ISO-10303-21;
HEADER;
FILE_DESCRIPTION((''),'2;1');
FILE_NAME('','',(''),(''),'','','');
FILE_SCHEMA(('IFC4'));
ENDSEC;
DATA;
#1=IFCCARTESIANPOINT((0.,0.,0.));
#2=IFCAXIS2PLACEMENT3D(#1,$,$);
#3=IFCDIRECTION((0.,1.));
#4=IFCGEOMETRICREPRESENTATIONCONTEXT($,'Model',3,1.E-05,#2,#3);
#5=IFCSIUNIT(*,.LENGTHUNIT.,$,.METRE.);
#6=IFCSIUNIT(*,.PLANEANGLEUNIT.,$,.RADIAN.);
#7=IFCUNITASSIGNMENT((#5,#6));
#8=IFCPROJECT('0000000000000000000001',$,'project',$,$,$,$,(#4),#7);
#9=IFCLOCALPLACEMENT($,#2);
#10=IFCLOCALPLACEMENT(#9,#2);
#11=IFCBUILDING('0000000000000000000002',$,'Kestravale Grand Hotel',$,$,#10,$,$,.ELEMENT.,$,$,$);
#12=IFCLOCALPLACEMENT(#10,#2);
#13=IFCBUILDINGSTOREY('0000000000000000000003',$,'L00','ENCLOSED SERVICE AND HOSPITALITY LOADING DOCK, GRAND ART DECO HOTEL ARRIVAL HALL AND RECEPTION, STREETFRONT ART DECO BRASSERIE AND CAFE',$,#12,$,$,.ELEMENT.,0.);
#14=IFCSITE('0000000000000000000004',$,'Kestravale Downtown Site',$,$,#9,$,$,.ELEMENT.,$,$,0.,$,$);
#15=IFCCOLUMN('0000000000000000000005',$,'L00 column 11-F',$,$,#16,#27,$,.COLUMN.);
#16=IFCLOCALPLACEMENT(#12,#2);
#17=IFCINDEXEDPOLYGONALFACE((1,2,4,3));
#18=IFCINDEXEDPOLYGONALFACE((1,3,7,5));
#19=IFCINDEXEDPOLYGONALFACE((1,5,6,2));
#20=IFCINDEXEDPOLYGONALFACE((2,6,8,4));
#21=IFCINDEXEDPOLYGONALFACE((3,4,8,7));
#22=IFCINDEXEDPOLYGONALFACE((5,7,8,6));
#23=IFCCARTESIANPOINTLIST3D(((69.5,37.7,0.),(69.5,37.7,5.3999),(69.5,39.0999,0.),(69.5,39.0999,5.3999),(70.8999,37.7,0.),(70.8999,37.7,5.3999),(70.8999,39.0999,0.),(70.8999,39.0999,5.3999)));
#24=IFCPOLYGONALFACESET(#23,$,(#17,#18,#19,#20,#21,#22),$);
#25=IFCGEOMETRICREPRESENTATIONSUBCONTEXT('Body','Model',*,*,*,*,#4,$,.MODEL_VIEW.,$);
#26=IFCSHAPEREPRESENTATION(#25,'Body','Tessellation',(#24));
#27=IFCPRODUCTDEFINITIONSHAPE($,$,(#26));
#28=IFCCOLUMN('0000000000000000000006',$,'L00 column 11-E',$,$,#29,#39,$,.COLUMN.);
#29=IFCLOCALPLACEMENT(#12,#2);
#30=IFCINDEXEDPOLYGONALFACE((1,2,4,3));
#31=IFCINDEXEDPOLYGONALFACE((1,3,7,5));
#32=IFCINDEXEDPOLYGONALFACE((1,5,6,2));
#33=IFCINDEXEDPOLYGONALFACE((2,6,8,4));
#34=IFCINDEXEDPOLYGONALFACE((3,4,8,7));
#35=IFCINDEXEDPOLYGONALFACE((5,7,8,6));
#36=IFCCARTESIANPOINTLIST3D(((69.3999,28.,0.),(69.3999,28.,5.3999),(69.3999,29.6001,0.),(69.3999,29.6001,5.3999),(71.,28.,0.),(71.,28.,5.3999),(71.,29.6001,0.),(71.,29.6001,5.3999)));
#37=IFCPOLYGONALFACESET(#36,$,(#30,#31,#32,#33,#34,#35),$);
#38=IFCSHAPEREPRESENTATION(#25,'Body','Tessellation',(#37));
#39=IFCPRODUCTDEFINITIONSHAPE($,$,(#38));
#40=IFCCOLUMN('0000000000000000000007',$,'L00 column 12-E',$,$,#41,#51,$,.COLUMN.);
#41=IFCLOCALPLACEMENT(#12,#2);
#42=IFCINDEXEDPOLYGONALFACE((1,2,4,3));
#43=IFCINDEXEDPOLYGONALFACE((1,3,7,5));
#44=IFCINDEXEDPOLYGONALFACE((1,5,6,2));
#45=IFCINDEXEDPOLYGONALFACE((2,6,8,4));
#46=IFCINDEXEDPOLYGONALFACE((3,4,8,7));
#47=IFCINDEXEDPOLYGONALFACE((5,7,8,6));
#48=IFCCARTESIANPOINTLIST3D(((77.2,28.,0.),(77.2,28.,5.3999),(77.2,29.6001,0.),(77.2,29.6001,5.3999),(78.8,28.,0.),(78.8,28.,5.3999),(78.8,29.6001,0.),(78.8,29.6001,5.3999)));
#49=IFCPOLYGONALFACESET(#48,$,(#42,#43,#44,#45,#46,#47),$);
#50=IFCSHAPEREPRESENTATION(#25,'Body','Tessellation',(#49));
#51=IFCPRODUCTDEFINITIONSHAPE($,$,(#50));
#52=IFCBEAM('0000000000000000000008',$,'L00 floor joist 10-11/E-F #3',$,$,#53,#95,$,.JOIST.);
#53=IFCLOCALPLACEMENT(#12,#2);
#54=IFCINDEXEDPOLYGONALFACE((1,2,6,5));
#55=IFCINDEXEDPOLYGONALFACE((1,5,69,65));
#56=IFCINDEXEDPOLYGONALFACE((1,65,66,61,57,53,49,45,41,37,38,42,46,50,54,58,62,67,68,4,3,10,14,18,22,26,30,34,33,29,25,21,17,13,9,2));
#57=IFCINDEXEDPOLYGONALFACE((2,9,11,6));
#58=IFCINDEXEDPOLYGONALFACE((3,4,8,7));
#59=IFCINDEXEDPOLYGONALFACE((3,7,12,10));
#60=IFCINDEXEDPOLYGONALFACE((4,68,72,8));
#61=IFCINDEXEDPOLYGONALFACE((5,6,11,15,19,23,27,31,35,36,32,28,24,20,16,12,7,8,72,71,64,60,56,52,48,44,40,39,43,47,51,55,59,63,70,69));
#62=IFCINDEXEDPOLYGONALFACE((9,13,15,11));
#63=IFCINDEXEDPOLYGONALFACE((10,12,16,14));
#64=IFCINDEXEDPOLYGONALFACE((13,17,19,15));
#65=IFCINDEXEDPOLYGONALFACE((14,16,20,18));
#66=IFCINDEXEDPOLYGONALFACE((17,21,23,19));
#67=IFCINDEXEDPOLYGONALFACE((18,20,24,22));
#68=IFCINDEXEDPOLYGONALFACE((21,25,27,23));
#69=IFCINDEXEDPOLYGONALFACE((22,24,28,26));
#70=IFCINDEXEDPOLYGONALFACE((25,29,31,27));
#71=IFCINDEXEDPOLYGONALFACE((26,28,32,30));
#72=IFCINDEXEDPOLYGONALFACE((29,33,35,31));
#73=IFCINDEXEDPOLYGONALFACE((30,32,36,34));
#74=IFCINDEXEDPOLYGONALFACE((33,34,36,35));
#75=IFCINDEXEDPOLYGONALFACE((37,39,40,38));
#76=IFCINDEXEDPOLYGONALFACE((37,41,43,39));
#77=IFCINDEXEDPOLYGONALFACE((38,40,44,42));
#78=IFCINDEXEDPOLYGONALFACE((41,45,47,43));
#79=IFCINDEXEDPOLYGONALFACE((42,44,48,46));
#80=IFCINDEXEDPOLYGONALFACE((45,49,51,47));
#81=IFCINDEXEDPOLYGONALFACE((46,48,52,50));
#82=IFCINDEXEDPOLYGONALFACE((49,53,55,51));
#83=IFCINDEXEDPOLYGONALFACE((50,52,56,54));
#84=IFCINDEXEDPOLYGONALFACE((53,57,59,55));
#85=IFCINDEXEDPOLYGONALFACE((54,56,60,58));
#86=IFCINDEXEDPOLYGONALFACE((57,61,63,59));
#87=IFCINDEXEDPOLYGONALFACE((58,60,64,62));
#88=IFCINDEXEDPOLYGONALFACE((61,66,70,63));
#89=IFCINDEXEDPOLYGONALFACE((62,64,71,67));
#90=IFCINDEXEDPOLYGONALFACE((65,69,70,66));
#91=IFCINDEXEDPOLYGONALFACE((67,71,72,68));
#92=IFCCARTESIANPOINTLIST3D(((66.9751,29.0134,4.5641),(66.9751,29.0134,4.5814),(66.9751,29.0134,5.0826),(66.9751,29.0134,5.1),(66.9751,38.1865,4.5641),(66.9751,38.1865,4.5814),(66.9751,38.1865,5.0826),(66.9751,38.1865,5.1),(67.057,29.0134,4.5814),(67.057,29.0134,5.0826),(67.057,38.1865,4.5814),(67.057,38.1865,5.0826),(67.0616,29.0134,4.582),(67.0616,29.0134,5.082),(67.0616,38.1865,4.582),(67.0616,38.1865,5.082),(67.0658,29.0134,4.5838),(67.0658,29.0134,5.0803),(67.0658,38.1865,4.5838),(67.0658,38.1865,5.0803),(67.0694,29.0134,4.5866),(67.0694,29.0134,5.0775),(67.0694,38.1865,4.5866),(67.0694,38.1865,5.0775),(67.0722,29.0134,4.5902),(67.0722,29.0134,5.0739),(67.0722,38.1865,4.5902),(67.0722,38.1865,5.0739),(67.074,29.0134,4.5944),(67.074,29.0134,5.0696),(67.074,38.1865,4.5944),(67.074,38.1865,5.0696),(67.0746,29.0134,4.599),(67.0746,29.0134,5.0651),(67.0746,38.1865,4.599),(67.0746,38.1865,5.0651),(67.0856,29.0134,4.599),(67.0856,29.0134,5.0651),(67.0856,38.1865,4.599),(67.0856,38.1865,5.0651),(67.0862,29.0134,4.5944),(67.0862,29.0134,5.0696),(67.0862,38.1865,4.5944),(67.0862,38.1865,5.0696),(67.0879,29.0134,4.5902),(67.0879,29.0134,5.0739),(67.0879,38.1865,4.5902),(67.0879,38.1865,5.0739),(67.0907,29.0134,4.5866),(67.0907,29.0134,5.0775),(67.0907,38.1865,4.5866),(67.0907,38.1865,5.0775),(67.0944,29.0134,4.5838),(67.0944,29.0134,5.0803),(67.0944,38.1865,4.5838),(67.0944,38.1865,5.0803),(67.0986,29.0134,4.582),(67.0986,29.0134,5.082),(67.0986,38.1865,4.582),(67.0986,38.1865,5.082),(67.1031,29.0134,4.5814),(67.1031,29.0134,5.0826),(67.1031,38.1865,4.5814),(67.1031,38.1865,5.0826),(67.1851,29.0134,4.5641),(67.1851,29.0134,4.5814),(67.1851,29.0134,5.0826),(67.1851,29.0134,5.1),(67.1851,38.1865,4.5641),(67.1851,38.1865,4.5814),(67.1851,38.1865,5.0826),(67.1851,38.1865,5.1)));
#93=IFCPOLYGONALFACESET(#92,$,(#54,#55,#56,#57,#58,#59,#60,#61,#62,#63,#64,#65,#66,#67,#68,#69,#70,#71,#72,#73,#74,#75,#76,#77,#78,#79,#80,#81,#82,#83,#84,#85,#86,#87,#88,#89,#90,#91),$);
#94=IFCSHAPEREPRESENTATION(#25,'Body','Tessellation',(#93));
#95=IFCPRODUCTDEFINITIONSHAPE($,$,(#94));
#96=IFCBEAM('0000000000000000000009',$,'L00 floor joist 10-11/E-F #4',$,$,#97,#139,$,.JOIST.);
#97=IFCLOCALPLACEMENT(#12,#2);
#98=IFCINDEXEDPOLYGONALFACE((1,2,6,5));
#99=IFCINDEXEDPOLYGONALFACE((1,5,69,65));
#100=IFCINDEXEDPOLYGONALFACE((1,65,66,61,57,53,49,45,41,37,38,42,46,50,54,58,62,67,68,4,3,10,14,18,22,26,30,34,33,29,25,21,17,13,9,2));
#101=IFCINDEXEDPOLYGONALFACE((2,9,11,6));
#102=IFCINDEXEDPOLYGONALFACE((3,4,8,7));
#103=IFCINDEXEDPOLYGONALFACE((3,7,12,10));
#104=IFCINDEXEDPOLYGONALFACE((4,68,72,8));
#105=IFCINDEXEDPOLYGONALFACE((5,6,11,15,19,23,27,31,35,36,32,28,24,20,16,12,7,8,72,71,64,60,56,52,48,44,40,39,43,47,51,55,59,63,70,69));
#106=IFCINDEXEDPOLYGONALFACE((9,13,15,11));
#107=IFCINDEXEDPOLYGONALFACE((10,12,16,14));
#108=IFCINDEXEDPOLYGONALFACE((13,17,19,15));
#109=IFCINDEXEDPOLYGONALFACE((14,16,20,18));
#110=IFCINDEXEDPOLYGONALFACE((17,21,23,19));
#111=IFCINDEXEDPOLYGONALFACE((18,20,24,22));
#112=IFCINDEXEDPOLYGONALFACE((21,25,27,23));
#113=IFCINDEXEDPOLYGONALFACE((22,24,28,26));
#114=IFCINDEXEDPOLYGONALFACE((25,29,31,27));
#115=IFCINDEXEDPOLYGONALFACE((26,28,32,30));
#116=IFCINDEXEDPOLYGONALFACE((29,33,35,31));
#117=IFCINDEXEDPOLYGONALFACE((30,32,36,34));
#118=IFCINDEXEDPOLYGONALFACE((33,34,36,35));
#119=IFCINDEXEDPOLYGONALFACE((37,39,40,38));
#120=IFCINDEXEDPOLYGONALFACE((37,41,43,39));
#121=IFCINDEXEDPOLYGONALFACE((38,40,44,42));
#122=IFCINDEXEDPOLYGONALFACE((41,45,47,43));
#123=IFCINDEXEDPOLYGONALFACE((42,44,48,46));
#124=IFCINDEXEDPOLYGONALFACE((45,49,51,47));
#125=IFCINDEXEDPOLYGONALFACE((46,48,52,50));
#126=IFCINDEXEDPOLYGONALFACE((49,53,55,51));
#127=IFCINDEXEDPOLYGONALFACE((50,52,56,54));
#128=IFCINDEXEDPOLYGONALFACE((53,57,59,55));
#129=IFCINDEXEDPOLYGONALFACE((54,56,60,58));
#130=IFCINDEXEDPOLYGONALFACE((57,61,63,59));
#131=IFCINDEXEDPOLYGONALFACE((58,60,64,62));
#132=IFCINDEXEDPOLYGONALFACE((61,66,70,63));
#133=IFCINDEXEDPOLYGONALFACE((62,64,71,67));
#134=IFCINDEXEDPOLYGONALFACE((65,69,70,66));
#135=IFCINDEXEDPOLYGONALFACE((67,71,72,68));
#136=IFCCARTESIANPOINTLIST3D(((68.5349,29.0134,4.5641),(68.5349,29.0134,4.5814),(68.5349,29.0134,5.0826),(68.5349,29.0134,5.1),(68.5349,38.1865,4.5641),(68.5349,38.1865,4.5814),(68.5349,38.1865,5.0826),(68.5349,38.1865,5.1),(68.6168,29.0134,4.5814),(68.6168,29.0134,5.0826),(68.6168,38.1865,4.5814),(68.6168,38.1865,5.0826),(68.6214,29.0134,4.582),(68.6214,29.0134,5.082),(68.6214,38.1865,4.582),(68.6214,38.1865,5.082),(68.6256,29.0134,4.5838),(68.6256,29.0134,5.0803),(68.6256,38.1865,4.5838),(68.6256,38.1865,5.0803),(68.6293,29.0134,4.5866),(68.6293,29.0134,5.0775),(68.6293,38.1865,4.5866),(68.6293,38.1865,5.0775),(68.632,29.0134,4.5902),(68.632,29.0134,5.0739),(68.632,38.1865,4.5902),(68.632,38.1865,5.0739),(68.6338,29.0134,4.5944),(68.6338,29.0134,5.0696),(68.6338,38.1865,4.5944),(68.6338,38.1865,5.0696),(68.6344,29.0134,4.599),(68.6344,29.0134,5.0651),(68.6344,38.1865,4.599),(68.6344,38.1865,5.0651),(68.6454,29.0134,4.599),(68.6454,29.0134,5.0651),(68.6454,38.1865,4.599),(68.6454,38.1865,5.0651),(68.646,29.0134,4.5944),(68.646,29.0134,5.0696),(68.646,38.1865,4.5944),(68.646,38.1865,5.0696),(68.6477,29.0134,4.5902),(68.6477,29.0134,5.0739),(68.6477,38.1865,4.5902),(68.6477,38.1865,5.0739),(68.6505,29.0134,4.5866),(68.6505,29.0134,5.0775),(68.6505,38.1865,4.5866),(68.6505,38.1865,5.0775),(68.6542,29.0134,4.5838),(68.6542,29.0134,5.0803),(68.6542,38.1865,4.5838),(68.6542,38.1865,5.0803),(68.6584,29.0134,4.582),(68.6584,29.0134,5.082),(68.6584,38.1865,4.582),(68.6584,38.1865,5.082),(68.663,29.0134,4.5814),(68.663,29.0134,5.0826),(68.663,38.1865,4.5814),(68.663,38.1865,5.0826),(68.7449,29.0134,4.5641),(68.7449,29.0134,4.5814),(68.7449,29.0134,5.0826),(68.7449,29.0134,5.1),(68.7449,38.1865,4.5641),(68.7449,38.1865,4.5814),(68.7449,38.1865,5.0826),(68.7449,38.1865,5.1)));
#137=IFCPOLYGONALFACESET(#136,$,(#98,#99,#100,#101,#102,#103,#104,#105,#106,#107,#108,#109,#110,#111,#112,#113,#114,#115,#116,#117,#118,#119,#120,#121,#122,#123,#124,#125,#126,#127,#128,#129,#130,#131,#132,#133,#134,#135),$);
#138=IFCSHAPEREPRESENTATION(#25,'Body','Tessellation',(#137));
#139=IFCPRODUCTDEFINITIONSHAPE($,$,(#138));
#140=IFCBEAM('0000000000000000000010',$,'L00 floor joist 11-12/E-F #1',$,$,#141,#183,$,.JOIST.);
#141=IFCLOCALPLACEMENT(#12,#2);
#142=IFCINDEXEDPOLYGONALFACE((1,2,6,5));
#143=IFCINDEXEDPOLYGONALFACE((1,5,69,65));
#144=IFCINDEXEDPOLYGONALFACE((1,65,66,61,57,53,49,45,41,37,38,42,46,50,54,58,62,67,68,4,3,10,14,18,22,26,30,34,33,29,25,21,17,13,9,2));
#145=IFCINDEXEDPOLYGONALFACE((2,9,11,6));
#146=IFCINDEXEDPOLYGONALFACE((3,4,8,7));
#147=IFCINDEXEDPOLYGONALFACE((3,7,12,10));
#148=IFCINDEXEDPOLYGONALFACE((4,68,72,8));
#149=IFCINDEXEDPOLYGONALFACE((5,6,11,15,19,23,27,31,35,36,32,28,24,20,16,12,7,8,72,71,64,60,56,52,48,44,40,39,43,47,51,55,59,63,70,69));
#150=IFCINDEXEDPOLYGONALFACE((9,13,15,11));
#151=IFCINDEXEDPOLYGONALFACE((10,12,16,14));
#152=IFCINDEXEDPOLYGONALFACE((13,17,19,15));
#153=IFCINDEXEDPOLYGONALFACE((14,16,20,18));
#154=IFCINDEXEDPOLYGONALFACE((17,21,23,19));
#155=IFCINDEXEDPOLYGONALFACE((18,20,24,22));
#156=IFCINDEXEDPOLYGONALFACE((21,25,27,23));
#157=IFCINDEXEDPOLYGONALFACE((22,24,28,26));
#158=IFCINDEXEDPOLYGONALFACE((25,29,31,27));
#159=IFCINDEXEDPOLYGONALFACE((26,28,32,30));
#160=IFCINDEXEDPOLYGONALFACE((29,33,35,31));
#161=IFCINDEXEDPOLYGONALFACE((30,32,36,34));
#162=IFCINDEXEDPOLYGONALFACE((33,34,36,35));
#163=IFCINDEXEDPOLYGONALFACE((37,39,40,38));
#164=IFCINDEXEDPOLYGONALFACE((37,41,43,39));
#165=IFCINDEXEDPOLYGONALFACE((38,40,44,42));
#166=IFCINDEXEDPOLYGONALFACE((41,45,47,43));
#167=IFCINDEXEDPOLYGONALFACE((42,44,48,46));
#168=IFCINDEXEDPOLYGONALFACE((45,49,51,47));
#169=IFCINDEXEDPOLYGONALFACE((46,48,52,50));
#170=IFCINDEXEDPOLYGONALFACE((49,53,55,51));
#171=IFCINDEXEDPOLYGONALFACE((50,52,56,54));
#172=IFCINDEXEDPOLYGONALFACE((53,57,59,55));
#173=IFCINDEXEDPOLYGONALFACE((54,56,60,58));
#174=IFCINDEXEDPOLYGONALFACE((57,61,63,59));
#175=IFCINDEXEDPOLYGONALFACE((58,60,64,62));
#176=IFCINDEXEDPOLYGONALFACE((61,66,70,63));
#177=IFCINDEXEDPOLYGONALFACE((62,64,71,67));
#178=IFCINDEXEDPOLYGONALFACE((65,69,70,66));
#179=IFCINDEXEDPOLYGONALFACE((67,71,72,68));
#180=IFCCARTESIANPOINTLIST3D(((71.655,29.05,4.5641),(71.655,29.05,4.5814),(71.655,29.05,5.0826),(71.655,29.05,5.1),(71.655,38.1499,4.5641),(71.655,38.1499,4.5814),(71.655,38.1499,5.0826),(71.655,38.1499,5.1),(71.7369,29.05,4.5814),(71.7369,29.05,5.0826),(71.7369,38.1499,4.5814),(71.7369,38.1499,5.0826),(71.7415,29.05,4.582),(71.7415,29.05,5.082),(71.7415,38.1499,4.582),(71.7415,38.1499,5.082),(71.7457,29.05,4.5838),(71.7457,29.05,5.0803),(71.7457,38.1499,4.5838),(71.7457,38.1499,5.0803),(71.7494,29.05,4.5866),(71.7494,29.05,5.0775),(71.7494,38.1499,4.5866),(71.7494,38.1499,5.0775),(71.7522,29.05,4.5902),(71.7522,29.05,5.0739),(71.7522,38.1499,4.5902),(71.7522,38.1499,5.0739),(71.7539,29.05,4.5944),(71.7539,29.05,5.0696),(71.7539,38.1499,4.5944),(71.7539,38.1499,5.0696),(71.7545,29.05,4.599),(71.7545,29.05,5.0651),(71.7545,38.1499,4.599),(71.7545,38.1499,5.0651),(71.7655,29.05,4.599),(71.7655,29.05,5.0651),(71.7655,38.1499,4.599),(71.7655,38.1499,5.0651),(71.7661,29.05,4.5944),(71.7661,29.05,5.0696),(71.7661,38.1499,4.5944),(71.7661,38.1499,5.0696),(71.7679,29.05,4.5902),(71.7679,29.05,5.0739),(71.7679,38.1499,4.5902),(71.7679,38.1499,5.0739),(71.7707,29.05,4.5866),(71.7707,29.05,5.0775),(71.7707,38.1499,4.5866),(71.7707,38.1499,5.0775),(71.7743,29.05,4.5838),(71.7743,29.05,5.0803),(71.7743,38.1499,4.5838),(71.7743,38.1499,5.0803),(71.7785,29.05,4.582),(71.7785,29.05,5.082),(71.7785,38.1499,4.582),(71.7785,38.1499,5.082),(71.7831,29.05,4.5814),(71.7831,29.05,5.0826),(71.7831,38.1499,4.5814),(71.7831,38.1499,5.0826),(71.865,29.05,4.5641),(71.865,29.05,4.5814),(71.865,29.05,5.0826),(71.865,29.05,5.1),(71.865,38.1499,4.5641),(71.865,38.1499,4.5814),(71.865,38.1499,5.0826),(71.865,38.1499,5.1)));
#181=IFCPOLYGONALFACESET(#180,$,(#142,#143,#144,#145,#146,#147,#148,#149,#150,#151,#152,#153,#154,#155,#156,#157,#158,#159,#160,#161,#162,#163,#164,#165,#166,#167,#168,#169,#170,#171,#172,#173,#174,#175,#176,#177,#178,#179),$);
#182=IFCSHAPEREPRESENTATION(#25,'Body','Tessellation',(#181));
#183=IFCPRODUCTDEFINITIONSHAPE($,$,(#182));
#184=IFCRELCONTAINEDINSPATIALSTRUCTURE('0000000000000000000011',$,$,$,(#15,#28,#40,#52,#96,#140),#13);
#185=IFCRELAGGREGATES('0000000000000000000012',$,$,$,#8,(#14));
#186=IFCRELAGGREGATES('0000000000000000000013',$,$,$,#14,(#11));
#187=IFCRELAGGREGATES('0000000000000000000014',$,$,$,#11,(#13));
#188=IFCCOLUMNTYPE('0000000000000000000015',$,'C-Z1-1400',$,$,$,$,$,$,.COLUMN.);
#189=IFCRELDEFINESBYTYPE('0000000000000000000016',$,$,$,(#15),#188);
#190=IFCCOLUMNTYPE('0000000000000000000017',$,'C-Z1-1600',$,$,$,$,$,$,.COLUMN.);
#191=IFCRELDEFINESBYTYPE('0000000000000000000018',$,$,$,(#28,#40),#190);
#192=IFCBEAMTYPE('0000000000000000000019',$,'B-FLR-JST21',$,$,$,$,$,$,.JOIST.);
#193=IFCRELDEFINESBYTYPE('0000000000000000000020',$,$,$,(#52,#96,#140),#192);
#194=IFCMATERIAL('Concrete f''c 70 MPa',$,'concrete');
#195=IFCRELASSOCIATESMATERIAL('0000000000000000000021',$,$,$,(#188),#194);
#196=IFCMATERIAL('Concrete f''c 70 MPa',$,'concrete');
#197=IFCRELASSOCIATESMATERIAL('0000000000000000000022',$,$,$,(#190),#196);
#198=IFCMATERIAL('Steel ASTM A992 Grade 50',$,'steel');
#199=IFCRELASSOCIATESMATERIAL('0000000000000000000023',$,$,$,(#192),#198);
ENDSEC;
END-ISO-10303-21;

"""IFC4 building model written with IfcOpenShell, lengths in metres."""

from ifc_helpers import new_model, si_unit, direction, frame, origin, origin_2d, place, context, subcontext, project, spatial, rectangle, i_section, extrude, material, material_profile, profile_set, type_object, element, save


model = new_model("IFC4")

# Units and contexts
model_context = context("Model", 3, precision=1e-05, world=origin(), true_north=direction((0.0, 1.0)))
body_context = subcontext(model_context, "Body", "Model", "MODEL_VIEW")
ifc_project = project(units=[si_unit("LENGTHUNIT", "METRE"), si_unit("PLANEANGLEUNIT", "RADIAN")], contexts=[model_context])

# Site, building, storey
site_placement = place(None, origin())
site = spatial("IfcSite", under=ifc_project, at=site_placement, Name="Kestravale Downtown Site", CompositionType="ELEMENT", RefElevation=0.0)
building_placement = place(site_placement, origin())
building = spatial("IfcBuilding", under=site, at=building_placement, Name="Kestravale Grand Hotel", CompositionType="ELEMENT")
storey_placement = place(building_placement, origin())
storey = spatial("IfcBuildingStorey", under=building, at=storey_placement, Name="L00", Description="ENCLOSED SERVICE AND HOSPITALITY LOADING DOCK, GRAND ART DECO HOTEL ARRIVAL HALL AND RECEPTION, STREETFRONT ART DECO BRASSERIE AND CAFE", CompositionType="ELEMENT", Elevation=0.0)

# Columns
ifc_material_1 = material(Name="Concrete f'c 70 MPa", Category="concrete")
ifc_material_profile_1 = material_profile(ifc_material_1, rectangle(XDim=1.3999, YDim=1.3999, at=origin_2d()))
ifc_profile_set_1 = profile_set([ifc_material_profile_1], Name="Concrete f'c 70 MPa")
column_type_1 = type_object("IfcColumnType", Name="C-Z1-1400", PredefinedType="COLUMN", material=ifc_profile_set_1)
column_placement = place(storey_placement, frame((70.2, 38.3999, 0.0), z_axis=(0.0, 0.0, 1.0), x_axis=(1.0, 0.0, 0.0)))
element("IfcColumn", 1, at=column_placement, inside=storey, type_object=column_type_1, Name="L00 column 11-F", PredefinedType="COLUMN", context=body_context, shape_type="SweptSolid", body=[
    extrude(rectangle(XDim=1.3999, YDim=1.3999, at=origin_2d()), origin(), (0.0, 0.0, 1.0), 5.3999),
])
ifc_material_2 = material(Name="Concrete f'c 70 MPa", Category="concrete")
ifc_material_profile_2 = material_profile(ifc_material_2, rectangle(XDim=1.6001, YDim=1.6001, at=origin_2d()))
ifc_profile_set_2 = profile_set([ifc_material_profile_2], Name="Concrete f'c 70 MPa")
column_type_2 = type_object("IfcColumnType", Name="C-Z1-1600", PredefinedType="COLUMN", material=ifc_profile_set_2)
for number, where, z_axis, x_axis, name in (
    (2, (70.2, 28.8, 0.0), (0.0, 0.0, 1.0), (1.0, 0.0, 0.0), "L00 column 11-E"),
    (3, (78.0, 28.8, 0.0), (0.0, 0.0, 1.0), (1.0, 0.0, 0.0), "L00 column 12-E"),
):
    element("IfcColumn", number, at=place(storey_placement, frame(where, z_axis=z_axis, x_axis=x_axis)), inside=storey, type_object=column_type_2, Name=name, PredefinedType="COLUMN", context=body_context, shape_type="SweptSolid", body=[
        extrude(rectangle(XDim=1.6001, YDim=1.6001, at=origin_2d()), origin(), (0.0, 0.0, 1.0), 5.3999),
    ])

# Beams
ifc_material_3 = material(Name="Steel ASTM A992 Grade 50", Category="steel")
ifc_material_profile_3 = material_profile(ifc_material_3, i_section(OverallWidth=0.21, OverallDepth=0.5359, WebThickness=0.011, FlangeThickness=0.0173, FilletRadius=0.0176, at=origin_2d()))
ifc_profile_set_3 = profile_set([ifc_material_profile_3], Name="Steel ASTM A992 Grade 50")
beam_type_1 = type_object("IfcBeamType", Name="B-FLR-JST21", PredefinedType="JOIST", material=ifc_profile_set_3)
for number, where, z_axis, x_axis, name in (
    (4, (67.0801, 29.0134, 4.832), (0.0, 1.0, 0.0), (-1.0, 0.0, 0.0), "L00 floor joist 10-11/E-F #3"),
    (5, (68.6399, 29.0134, 4.832), (0.0, 1.0, 0.0), (-1.0, 0.0, 0.0), "L00 floor joist 10-11/E-F #4"),
):
    element("IfcBeam", number, at=place(storey_placement, frame(where, z_axis=z_axis, x_axis=x_axis)), inside=storey, type_object=beam_type_1, Name=name, PredefinedType="JOIST", context=body_context, shape_type="SweptSolid", body=[
        extrude(i_section(OverallWidth=0.21, OverallDepth=0.5359, WebThickness=0.011, FlangeThickness=0.0173, FilletRadius=0.0176, at=origin_2d()), origin(), (0.0, 0.0, 1.0), 9.1731),
    ])
for number, where, z_axis, x_axis, name in (
    (6, (71.76, 29.05, 4.832), (0.0, 1.0, 0.0), (-1.0, 0.0, 0.0), "L00 floor joist 11-12/E-F #1"),
):
    element("IfcBeam", number, at=place(storey_placement, frame(where, z_axis=z_axis, x_axis=x_axis)), inside=storey, type_object=beam_type_1, Name=name, PredefinedType="JOIST", context=body_context, shape_type="SweptSolid", body=[
        extrude(i_section(OverallWidth=0.21, OverallDepth=0.5359, WebThickness=0.011, FlangeThickness=0.0173, FilletRadius=0.0176, at=origin_2d()), origin(), (0.0, 0.0, 1.0), 9.0999),
    ])

save(model, "model.ifc")
